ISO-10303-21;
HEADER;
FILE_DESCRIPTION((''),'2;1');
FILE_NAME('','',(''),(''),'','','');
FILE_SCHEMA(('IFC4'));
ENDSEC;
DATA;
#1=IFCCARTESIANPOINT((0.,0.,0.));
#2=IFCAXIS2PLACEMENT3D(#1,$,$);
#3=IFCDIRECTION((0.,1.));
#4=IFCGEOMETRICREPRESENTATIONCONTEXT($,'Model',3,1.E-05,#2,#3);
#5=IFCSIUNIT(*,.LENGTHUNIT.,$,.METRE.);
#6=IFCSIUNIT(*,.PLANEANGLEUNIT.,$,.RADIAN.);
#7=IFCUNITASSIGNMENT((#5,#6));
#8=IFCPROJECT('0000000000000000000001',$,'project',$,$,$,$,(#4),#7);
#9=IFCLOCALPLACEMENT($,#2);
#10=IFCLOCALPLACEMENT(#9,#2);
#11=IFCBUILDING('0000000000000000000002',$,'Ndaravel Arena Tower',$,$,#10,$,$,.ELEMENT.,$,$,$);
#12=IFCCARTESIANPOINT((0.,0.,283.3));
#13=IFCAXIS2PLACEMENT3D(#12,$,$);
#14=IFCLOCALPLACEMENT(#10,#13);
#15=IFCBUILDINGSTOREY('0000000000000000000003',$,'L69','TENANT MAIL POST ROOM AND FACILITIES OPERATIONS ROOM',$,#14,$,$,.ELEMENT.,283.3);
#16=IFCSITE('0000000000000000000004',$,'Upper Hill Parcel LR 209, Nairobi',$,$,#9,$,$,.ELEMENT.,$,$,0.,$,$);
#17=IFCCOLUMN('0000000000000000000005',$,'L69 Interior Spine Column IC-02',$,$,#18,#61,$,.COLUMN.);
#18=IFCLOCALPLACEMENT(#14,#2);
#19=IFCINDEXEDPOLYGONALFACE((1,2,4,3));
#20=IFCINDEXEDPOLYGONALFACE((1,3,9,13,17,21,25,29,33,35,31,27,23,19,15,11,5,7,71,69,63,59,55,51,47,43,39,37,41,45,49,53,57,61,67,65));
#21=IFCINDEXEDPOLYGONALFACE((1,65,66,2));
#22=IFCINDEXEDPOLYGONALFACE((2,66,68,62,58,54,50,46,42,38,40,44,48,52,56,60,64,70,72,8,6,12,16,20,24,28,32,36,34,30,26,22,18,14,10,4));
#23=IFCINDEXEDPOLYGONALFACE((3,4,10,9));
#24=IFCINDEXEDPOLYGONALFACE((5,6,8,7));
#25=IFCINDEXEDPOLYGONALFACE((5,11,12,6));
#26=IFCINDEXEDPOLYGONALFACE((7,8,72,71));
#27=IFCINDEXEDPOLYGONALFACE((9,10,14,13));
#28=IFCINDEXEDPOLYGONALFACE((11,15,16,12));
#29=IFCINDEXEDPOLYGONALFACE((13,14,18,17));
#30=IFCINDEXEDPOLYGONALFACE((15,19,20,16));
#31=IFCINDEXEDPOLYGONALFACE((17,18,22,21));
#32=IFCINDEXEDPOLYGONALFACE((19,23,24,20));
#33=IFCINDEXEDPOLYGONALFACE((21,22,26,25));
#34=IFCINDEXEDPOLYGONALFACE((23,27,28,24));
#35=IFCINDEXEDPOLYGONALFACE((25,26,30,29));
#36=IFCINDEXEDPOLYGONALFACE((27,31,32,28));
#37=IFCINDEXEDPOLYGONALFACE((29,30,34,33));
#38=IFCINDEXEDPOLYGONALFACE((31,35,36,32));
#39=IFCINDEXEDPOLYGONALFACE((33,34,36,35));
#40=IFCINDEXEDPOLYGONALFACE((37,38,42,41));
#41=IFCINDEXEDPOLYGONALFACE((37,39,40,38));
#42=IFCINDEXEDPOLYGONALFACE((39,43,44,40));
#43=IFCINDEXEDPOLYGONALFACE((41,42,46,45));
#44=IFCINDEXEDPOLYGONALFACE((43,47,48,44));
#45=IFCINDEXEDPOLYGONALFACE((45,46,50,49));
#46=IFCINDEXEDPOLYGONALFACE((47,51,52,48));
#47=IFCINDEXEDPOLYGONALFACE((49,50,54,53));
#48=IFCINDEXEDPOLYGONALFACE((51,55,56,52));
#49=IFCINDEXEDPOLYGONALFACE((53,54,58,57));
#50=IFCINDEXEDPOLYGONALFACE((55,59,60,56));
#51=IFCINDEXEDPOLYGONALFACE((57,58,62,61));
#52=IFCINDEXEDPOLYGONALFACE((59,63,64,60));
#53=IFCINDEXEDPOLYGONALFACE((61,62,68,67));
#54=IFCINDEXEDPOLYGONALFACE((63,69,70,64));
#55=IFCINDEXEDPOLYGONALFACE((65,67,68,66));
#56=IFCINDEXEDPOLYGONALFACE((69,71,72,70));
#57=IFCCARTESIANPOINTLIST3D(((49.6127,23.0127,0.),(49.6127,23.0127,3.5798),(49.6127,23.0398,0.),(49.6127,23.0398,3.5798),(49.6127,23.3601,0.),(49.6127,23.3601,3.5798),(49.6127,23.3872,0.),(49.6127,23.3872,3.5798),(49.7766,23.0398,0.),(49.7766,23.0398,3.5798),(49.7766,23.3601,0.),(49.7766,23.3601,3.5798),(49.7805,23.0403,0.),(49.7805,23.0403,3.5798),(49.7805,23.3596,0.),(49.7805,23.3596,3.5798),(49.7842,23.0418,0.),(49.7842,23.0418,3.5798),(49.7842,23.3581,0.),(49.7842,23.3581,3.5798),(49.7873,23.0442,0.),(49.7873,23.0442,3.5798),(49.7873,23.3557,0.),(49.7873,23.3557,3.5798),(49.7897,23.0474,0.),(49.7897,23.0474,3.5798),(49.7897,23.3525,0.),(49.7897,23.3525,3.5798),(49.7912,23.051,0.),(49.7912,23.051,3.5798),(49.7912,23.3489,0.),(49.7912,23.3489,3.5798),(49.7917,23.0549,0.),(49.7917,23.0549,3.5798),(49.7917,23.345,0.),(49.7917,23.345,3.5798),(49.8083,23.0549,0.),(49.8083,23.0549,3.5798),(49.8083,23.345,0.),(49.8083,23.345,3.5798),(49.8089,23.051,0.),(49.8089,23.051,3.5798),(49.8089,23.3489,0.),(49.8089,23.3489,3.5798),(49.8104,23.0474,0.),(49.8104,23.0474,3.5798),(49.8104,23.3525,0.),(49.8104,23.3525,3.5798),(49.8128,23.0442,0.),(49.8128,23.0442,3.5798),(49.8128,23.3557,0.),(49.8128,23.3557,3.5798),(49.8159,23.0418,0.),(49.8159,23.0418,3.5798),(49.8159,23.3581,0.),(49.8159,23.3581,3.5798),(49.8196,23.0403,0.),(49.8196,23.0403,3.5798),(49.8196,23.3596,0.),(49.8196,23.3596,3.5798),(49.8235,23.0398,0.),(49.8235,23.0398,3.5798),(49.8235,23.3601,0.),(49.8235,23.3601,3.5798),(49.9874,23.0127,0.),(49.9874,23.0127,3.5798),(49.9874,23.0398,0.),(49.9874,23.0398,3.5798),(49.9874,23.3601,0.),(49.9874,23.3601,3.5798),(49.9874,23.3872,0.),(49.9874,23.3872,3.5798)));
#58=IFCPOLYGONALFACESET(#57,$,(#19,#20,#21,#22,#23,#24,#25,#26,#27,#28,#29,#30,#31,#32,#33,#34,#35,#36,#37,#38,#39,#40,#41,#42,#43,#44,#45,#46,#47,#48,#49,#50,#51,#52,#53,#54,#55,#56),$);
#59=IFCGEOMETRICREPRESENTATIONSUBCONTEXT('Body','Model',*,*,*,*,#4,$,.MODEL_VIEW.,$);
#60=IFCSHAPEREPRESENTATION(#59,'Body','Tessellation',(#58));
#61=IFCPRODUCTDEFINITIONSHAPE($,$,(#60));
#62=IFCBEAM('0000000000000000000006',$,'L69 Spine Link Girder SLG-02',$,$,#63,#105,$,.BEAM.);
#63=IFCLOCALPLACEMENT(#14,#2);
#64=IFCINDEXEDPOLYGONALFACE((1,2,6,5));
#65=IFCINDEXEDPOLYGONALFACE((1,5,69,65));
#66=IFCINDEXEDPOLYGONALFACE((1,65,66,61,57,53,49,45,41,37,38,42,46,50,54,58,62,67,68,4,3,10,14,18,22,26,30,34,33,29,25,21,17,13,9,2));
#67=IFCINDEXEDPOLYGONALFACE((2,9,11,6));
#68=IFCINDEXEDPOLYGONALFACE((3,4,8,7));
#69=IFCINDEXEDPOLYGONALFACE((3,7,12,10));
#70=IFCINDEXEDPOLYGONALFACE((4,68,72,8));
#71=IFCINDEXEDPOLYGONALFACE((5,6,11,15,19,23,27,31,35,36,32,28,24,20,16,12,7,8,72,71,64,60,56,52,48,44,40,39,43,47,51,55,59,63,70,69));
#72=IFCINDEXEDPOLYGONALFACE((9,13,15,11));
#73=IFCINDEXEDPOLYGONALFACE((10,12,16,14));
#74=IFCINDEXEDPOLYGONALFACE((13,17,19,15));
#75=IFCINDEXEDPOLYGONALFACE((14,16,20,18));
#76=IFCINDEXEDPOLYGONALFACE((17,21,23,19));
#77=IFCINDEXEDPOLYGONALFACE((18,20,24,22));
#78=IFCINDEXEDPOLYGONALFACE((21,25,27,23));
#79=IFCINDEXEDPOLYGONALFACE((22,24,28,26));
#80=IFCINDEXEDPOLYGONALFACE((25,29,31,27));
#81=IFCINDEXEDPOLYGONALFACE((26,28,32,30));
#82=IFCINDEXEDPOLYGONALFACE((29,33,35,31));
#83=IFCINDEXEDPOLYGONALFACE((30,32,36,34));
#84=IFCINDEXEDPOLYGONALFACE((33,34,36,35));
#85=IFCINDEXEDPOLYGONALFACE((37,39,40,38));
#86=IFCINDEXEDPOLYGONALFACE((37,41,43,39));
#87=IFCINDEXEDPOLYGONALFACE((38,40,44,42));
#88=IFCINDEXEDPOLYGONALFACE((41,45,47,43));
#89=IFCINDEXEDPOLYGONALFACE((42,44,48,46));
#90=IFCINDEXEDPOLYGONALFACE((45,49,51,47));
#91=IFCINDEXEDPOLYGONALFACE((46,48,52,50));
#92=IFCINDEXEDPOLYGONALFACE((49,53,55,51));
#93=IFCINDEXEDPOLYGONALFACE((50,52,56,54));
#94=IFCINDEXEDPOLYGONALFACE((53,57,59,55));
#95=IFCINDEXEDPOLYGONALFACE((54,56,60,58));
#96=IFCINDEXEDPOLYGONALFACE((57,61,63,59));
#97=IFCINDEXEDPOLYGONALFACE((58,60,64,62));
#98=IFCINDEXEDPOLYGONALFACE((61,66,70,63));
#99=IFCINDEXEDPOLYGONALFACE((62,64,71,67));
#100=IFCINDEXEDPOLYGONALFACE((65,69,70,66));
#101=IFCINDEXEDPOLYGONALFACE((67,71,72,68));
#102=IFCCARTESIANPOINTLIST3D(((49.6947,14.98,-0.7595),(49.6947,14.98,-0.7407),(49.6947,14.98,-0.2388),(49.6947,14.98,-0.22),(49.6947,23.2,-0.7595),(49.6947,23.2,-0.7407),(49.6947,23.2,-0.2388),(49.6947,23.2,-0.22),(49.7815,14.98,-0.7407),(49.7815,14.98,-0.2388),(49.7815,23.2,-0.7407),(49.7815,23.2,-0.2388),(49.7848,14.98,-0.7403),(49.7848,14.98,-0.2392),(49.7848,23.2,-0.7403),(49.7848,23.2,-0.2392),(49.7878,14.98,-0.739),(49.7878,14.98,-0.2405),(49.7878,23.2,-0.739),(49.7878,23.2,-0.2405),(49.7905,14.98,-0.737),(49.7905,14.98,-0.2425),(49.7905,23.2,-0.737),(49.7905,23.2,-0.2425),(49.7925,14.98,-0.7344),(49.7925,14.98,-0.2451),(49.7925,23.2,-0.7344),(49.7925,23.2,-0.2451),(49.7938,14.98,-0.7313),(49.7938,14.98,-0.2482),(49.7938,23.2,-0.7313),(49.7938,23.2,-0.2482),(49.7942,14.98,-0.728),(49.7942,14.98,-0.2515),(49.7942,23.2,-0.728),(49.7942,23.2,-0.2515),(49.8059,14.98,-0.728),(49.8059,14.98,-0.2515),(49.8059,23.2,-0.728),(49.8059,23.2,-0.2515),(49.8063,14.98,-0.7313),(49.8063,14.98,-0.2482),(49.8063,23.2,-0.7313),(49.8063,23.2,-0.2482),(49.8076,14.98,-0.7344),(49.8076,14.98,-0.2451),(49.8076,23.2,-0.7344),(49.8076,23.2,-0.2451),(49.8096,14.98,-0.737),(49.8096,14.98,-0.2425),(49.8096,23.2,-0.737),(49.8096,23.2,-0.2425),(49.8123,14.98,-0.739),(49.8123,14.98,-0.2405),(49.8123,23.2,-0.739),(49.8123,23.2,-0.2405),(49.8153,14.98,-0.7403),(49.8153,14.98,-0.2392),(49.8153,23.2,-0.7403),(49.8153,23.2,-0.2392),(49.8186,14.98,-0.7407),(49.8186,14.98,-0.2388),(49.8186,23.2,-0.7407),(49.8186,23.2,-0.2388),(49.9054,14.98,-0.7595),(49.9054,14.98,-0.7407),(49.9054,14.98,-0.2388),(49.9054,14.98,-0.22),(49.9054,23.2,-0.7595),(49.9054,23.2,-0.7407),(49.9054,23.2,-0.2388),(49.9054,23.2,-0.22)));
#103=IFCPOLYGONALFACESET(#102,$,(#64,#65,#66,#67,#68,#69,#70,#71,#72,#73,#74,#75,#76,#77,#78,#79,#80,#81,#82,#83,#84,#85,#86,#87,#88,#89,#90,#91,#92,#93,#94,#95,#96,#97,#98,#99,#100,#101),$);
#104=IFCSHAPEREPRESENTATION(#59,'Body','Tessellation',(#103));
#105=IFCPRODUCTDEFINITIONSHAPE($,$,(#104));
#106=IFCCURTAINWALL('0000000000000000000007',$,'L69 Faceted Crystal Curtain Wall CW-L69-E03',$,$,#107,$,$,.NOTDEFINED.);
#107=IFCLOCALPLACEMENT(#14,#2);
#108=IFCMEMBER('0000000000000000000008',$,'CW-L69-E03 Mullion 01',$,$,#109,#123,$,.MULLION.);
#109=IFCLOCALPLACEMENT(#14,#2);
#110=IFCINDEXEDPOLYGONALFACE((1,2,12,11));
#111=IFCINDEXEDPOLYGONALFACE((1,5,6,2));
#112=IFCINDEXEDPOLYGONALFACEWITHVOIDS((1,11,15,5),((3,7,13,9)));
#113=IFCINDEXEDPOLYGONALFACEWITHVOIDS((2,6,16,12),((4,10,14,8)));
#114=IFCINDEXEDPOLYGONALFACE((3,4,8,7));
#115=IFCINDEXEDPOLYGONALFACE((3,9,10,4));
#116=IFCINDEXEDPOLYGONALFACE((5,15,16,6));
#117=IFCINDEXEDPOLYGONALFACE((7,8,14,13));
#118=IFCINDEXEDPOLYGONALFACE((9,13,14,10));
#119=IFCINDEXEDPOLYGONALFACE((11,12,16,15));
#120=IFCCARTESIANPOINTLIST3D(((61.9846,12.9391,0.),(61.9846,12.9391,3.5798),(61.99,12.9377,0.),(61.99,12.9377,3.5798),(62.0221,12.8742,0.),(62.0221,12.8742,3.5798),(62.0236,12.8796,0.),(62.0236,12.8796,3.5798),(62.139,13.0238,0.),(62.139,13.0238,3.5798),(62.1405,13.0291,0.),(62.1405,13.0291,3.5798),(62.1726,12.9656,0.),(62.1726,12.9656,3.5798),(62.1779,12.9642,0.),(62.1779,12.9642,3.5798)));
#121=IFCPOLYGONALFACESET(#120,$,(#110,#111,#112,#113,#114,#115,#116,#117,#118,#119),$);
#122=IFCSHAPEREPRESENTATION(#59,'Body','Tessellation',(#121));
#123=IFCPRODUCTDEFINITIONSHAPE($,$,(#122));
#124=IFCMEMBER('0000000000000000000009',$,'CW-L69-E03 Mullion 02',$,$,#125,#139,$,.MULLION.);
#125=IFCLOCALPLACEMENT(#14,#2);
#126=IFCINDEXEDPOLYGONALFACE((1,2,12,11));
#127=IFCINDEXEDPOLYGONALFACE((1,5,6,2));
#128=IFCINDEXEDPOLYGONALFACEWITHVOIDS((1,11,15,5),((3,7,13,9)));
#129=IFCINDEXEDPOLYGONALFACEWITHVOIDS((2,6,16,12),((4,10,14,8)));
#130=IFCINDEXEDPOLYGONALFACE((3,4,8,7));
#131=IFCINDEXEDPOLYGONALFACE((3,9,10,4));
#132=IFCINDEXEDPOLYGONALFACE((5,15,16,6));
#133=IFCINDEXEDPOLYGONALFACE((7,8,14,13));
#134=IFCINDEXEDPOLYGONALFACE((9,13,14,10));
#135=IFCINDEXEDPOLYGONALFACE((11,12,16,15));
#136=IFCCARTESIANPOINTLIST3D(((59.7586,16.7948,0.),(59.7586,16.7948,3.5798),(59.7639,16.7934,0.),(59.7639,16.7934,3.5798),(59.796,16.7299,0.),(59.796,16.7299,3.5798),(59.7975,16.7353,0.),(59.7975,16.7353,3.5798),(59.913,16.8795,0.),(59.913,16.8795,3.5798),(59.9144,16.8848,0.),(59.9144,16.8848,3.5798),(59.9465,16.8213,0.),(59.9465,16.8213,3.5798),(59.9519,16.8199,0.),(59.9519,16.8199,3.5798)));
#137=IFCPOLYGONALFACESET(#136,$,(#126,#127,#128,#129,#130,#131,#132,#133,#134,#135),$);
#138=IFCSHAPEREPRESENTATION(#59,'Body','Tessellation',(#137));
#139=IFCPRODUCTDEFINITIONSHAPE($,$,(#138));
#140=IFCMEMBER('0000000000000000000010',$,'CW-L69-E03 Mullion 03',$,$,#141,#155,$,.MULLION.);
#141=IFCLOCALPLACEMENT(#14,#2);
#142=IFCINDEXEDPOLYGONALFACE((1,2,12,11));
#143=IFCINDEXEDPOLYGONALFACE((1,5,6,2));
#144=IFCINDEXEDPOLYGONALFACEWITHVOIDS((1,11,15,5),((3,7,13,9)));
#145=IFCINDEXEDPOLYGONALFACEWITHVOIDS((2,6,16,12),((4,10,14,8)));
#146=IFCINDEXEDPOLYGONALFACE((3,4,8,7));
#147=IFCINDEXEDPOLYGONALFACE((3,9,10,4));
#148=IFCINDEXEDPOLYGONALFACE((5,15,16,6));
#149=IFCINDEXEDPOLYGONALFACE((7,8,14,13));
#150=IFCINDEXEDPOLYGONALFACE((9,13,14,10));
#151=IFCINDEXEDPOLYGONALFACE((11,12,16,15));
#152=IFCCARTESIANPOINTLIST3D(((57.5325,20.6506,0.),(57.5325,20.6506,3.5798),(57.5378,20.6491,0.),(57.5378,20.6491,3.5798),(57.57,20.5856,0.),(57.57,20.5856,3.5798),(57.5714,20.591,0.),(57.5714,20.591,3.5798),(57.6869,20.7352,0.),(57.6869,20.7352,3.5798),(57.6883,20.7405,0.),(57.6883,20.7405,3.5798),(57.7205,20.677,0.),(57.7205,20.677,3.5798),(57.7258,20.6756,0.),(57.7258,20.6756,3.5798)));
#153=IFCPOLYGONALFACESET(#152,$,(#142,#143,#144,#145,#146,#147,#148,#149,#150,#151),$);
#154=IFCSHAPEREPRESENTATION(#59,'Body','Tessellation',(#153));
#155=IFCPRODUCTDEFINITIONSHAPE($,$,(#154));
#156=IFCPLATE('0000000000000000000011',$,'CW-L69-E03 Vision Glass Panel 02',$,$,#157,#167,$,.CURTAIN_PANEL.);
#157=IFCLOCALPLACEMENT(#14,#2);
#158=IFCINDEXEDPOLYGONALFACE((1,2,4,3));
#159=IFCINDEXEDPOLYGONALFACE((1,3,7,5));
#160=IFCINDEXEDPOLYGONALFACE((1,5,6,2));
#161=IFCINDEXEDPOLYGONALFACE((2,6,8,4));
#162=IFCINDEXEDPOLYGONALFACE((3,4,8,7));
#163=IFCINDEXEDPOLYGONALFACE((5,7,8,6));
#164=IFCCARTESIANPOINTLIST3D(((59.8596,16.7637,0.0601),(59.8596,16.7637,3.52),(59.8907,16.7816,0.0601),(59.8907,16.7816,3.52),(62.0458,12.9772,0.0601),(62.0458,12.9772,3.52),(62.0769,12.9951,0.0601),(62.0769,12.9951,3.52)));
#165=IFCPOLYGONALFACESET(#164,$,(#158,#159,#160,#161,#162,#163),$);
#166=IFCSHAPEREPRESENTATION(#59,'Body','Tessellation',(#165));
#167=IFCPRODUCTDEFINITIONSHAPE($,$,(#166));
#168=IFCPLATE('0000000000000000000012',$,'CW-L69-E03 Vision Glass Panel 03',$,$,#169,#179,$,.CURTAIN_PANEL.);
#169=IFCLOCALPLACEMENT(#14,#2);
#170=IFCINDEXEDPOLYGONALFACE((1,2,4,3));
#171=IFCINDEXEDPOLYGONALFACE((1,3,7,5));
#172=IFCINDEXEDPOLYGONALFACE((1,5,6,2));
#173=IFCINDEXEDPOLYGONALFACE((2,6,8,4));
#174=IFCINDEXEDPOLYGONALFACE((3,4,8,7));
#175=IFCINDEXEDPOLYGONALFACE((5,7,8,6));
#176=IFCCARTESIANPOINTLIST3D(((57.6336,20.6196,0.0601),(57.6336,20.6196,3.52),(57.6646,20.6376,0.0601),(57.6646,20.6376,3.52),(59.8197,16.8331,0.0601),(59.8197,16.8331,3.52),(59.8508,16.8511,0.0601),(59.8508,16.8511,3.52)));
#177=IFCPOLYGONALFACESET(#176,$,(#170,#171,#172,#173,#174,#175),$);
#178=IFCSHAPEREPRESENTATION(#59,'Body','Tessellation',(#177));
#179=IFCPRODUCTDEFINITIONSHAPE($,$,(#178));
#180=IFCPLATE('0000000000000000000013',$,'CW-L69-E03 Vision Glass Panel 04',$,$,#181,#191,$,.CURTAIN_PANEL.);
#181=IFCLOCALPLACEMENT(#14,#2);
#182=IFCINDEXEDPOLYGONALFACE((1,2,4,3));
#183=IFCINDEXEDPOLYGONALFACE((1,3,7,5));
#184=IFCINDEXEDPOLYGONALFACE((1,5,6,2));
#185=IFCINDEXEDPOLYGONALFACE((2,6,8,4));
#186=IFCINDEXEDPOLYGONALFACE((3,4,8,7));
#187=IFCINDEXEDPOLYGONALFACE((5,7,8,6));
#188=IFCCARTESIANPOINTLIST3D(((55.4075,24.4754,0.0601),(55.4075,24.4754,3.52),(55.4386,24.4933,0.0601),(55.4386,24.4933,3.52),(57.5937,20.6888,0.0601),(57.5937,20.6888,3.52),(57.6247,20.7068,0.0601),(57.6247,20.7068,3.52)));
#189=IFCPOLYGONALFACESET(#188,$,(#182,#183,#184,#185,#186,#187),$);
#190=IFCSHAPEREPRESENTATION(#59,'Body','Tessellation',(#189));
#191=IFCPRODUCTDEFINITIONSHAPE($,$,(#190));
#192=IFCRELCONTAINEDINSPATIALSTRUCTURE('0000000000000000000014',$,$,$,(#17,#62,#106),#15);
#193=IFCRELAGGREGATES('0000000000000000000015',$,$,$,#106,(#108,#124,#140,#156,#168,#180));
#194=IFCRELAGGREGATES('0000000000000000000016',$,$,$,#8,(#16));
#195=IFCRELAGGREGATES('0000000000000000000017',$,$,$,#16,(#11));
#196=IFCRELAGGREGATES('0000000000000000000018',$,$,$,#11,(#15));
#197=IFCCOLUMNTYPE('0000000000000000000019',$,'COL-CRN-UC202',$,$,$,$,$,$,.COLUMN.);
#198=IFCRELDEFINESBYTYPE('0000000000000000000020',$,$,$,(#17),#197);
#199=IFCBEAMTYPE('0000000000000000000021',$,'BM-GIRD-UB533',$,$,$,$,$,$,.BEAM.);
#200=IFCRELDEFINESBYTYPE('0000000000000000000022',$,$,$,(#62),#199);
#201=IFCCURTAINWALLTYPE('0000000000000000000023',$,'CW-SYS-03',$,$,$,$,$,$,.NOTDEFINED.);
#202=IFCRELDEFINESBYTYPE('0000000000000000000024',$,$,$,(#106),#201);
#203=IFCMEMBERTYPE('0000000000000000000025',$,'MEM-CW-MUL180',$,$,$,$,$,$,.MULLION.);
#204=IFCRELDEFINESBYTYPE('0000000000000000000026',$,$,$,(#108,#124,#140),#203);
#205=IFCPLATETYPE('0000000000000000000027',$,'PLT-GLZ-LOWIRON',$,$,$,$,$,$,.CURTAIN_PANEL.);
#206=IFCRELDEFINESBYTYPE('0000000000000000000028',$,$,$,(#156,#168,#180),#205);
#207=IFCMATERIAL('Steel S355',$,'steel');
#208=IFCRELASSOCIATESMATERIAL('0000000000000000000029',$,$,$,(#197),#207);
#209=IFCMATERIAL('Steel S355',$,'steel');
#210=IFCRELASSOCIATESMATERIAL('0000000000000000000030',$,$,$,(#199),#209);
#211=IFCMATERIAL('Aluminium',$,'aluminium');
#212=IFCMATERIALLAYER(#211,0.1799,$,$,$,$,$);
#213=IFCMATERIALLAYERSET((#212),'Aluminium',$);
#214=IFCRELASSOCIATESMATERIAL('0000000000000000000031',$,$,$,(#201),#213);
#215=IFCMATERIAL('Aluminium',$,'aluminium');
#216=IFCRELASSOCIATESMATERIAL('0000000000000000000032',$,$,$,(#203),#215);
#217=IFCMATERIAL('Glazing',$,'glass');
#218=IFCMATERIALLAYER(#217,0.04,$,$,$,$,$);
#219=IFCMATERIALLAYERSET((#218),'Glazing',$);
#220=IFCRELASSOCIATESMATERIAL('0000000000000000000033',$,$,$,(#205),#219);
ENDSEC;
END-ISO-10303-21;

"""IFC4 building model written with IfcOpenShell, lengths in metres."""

from ifc_helpers import new_model, si_unit, direction, frame, origin, origin_2d, place, context, subcontext, project, spatial, rectangle, hollow_rectangle, i_section, extrude, material, layer, layer_set, material_profile, profile_set, type_object, element, aggregate, save


model = new_model("IFC4")

# Units and contexts
model_context = context("Model", 3, precision=1e-05, world=origin(), true_north=direction((0.0, 1.0)))
body_context = subcontext(model_context, "Body", "Model", "MODEL_VIEW")
ifc_project = project(units=[si_unit("LENGTHUNIT", "METRE"), si_unit("PLANEANGLEUNIT", "RADIAN")], contexts=[model_context])

# Site, building, storey
site_placement = place(None, origin())
site = spatial("IfcSite", under=ifc_project, at=site_placement, Name="Upper Hill Parcel LR 209, Nairobi", CompositionType="ELEMENT", RefElevation=0.0)
building_placement = place(site_placement, origin())
building = spatial("IfcBuilding", under=site, at=building_placement, Name="Ndaravel Arena Tower", CompositionType="ELEMENT")
storey_placement = place(building_placement, frame((0.0, 0.0, 283.3)))
storey = spatial("IfcBuildingStorey", under=building, at=storey_placement, Name="L69", Description="TENANT MAIL POST ROOM AND FACILITIES OPERATIONS ROOM", CompositionType="ELEMENT", Elevation=283.3)

# Column
ifc_material_1 = material(Name="Steel S355", Category="steel")
ifc_material_profile_1 = material_profile(ifc_material_1, i_section(OverallWidth=0.3748, OverallDepth=0.3745, WebThickness=0.0166, FlangeThickness=0.0271, FilletRadius=0.0151, at=origin_2d()), Name="UC 356x368x202")
ifc_profile_set_1 = profile_set([ifc_material_profile_1], Name="Steel S355")
column_type = type_object("IfcColumnType", Name="COL-CRN-UC202", PredefinedType="COLUMN", material=ifc_profile_set_1)
column_placement = place(storey_placement, frame((49.8, 23.2, 0.0), z_axis=(0.0, 0.0, 1.0), x_axis=(1.0, 0.0, 0.0)))
element("IfcColumn", 1, at=column_placement, inside=storey, type_object=column_type, Name="L69 Interior Spine Column IC-02", PredefinedType="COLUMN", context=body_context, shape_type="SweptSolid", body=[
    extrude(i_section(OverallWidth=0.3748, OverallDepth=0.3745, WebThickness=0.0166, FlangeThickness=0.0271, FilletRadius=0.0151, at=origin_2d()), origin(), (0.0, 0.0, 1.0), 3.5798),
])

# Beam
ifc_material_2 = material(Name="Steel S355", Category="steel")
ifc_material_profile_2 = material_profile(ifc_material_2, i_section(OverallWidth=0.2107, OverallDepth=0.5396, WebThickness=0.0117, FlangeThickness=0.0188, FilletRadius=0.0127, at=origin_2d()), Name="UB 533x210x109")
ifc_profile_set_2 = profile_set([ifc_material_profile_2], Name="Steel S355")
beam_type = type_object("IfcBeamType", Name="BM-GIRD-UB533", PredefinedType="BEAM", material=ifc_profile_set_2)
beam_placement = place(storey_placement, frame((49.8, 14.98, -0.4897), z_axis=(0.0, 1.0, 0.0), x_axis=(-1.0, 0.0, 0.0)))
element("IfcBeam", 2, at=beam_placement, inside=storey, type_object=beam_type, Name="L69 Spine Link Girder SLG-02", PredefinedType="BEAM", context=body_context, shape_type="SweptSolid", body=[
    extrude(i_section(OverallWidth=0.2107, OverallDepth=0.5396, WebThickness=0.0117, FlangeThickness=0.0188, FilletRadius=0.0127, at=origin_2d()), origin(), (0.0, 0.0, 1.0), 8.22),
])

# Curtain wall, members, plates
ifc_material_3 = material(Name="Aluminium", Category="aluminium")
ifc_layer_1 = layer(ifc_material_3, 0.1799)
ifc_layer_set_1 = layer_set([ifc_layer_1], Name="Aluminium")
curtain_wall_type = type_object("IfcCurtainWallType", Name="CW-SYS-03", PredefinedType="NOTDEFINED", material=ifc_layer_set_1)
curtain_wall_placement = place(storey_placement, origin())
curtain_wall = element("IfcCurtainWall", 3, at=curtain_wall_placement, inside=storey, type_object=curtain_wall_type, Name="L69 Faceted Crystal Curtain Wall CW-L69-E03", PredefinedType="NOTDEFINED")
ifc_material_4 = material(Name="Aluminium", Category="aluminium")
ifc_material_profile_3 = material_profile(ifc_material_4, hollow_rectangle(XDim=0.075, YDim=0.1799, WallThickness=0.0039, at=origin_2d()), Name="CW MULLION 75x180x4")
ifc_profile_set_3 = profile_set([ifc_material_profile_3], Name="Aluminium")
member_type = type_object("IfcMemberType", Name="MEM-CW-MUL180", PredefinedType="MULLION", material=ifc_profile_set_3)
member_1_placement = place(storey_placement, frame((62.0813, 12.9517, 0.0), z_axis=(0.0, 0.0, 1.0), x_axis=(-0.5, 0.866025, 0.0)))
member_1 = element("IfcMember", 4, at=member_1_placement, type_object=member_type, Name="CW-L69-E03 Mullion 01", PredefinedType="MULLION", context=body_context, shape_type="SweptSolid", body=[
    extrude(hollow_rectangle(XDim=0.075, YDim=0.1799, WallThickness=0.0039, at=origin_2d()), origin(), (0.0, 0.0, 1.0), 3.5798),
])
member_2_placement = place(storey_placement, frame((59.8552, 16.8074, 0.0), z_axis=(0.0, 0.0, 1.0), x_axis=(-0.5, 0.866025, 0.0)))
member_2 = element("IfcMember", 5, at=member_2_placement, type_object=member_type, Name="CW-L69-E03 Mullion 02", PredefinedType="MULLION", context=body_context, shape_type="SweptSolid", body=[
    extrude(hollow_rectangle(XDim=0.075, YDim=0.1799, WallThickness=0.0039, at=origin_2d()), origin(), (0.0, 0.0, 1.0), 3.5798),
])
member_3_placement = place(storey_placement, frame((57.6292, 20.6631, 0.0), z_axis=(0.0, 0.0, 1.0), x_axis=(-0.5, 0.866025, 0.0)))
member_3 = element("IfcMember", 6, at=member_3_placement, type_object=member_type, Name="CW-L69-E03 Mullion 03", PredefinedType="MULLION", context=body_context, shape_type="SweptSolid", body=[
    extrude(hollow_rectangle(XDim=0.075, YDim=0.1799, WallThickness=0.0039, at=origin_2d()), origin(), (0.0, 0.0, 1.0), 3.5798),
])
ifc_material_5 = material(Name="Glazing", Category="glass")
ifc_layer_2 = layer(ifc_material_5, 0.04)
ifc_layer_set_2 = layer_set([ifc_layer_2], Name="Glazing")
plate_type = type_object("IfcPlateType", Name="PLT-GLZ-LOWIRON", PredefinedType="CURTAIN_PANEL", material=ifc_layer_set_2)
plate_1_placement = place(storey_placement, frame((60.9683, 14.8794, 0.0601), z_axis=(0.0, 0.0, 1.0), x_axis=(-0.5, 0.866025, 0.0)))
plate_1 = element("IfcPlate", 7, at=plate_1_placement, type_object=plate_type, Name="CW-L69-E03 Vision Glass Panel 02", PredefinedType="CURTAIN_PANEL", context=body_context, shape_type="SweptSolid", body=[
    extrude(rectangle(XDim=4.3723, YDim=0.0359, at=origin_2d()), origin(), (0.0, 0.0, 1.0), 3.46),
])
plate_2_placement = place(storey_placement, frame((58.7422, 18.7354, 0.0601), z_axis=(0.0, 0.0, 1.0), x_axis=(-0.5, 0.866025, 0.0)))
plate_2 = element("IfcPlate", 8, at=plate_2_placement, type_object=plate_type, Name="CW-L69-E03 Vision Glass Panel 03", PredefinedType="CURTAIN_PANEL", context=body_context, shape_type="SweptSolid", body=[
    extrude(rectangle(XDim=4.3723, YDim=0.0359, at=origin_2d()), origin(), (0.0, 0.0, 1.0), 3.46),
])
plate_3_placement = place(storey_placement, frame((56.5161, 22.5911, 0.0601), z_axis=(0.0, 0.0, 1.0), x_axis=(-0.5, 0.866025, 0.0)))
plate_3 = element("IfcPlate", 9, at=plate_3_placement, type_object=plate_type, Name="CW-L69-E03 Vision Glass Panel 04", PredefinedType="CURTAIN_PANEL", context=body_context, shape_type="SweptSolid", body=[
    extrude(rectangle(XDim=4.3723, YDim=0.0359, at=origin_2d()), origin(), (0.0, 0.0, 1.0), 3.46),
])
aggregate(curtain_wall, [member_1, member_2, member_3, plate_1, plate_2, plate_3])

save(model, "model.ifc")
